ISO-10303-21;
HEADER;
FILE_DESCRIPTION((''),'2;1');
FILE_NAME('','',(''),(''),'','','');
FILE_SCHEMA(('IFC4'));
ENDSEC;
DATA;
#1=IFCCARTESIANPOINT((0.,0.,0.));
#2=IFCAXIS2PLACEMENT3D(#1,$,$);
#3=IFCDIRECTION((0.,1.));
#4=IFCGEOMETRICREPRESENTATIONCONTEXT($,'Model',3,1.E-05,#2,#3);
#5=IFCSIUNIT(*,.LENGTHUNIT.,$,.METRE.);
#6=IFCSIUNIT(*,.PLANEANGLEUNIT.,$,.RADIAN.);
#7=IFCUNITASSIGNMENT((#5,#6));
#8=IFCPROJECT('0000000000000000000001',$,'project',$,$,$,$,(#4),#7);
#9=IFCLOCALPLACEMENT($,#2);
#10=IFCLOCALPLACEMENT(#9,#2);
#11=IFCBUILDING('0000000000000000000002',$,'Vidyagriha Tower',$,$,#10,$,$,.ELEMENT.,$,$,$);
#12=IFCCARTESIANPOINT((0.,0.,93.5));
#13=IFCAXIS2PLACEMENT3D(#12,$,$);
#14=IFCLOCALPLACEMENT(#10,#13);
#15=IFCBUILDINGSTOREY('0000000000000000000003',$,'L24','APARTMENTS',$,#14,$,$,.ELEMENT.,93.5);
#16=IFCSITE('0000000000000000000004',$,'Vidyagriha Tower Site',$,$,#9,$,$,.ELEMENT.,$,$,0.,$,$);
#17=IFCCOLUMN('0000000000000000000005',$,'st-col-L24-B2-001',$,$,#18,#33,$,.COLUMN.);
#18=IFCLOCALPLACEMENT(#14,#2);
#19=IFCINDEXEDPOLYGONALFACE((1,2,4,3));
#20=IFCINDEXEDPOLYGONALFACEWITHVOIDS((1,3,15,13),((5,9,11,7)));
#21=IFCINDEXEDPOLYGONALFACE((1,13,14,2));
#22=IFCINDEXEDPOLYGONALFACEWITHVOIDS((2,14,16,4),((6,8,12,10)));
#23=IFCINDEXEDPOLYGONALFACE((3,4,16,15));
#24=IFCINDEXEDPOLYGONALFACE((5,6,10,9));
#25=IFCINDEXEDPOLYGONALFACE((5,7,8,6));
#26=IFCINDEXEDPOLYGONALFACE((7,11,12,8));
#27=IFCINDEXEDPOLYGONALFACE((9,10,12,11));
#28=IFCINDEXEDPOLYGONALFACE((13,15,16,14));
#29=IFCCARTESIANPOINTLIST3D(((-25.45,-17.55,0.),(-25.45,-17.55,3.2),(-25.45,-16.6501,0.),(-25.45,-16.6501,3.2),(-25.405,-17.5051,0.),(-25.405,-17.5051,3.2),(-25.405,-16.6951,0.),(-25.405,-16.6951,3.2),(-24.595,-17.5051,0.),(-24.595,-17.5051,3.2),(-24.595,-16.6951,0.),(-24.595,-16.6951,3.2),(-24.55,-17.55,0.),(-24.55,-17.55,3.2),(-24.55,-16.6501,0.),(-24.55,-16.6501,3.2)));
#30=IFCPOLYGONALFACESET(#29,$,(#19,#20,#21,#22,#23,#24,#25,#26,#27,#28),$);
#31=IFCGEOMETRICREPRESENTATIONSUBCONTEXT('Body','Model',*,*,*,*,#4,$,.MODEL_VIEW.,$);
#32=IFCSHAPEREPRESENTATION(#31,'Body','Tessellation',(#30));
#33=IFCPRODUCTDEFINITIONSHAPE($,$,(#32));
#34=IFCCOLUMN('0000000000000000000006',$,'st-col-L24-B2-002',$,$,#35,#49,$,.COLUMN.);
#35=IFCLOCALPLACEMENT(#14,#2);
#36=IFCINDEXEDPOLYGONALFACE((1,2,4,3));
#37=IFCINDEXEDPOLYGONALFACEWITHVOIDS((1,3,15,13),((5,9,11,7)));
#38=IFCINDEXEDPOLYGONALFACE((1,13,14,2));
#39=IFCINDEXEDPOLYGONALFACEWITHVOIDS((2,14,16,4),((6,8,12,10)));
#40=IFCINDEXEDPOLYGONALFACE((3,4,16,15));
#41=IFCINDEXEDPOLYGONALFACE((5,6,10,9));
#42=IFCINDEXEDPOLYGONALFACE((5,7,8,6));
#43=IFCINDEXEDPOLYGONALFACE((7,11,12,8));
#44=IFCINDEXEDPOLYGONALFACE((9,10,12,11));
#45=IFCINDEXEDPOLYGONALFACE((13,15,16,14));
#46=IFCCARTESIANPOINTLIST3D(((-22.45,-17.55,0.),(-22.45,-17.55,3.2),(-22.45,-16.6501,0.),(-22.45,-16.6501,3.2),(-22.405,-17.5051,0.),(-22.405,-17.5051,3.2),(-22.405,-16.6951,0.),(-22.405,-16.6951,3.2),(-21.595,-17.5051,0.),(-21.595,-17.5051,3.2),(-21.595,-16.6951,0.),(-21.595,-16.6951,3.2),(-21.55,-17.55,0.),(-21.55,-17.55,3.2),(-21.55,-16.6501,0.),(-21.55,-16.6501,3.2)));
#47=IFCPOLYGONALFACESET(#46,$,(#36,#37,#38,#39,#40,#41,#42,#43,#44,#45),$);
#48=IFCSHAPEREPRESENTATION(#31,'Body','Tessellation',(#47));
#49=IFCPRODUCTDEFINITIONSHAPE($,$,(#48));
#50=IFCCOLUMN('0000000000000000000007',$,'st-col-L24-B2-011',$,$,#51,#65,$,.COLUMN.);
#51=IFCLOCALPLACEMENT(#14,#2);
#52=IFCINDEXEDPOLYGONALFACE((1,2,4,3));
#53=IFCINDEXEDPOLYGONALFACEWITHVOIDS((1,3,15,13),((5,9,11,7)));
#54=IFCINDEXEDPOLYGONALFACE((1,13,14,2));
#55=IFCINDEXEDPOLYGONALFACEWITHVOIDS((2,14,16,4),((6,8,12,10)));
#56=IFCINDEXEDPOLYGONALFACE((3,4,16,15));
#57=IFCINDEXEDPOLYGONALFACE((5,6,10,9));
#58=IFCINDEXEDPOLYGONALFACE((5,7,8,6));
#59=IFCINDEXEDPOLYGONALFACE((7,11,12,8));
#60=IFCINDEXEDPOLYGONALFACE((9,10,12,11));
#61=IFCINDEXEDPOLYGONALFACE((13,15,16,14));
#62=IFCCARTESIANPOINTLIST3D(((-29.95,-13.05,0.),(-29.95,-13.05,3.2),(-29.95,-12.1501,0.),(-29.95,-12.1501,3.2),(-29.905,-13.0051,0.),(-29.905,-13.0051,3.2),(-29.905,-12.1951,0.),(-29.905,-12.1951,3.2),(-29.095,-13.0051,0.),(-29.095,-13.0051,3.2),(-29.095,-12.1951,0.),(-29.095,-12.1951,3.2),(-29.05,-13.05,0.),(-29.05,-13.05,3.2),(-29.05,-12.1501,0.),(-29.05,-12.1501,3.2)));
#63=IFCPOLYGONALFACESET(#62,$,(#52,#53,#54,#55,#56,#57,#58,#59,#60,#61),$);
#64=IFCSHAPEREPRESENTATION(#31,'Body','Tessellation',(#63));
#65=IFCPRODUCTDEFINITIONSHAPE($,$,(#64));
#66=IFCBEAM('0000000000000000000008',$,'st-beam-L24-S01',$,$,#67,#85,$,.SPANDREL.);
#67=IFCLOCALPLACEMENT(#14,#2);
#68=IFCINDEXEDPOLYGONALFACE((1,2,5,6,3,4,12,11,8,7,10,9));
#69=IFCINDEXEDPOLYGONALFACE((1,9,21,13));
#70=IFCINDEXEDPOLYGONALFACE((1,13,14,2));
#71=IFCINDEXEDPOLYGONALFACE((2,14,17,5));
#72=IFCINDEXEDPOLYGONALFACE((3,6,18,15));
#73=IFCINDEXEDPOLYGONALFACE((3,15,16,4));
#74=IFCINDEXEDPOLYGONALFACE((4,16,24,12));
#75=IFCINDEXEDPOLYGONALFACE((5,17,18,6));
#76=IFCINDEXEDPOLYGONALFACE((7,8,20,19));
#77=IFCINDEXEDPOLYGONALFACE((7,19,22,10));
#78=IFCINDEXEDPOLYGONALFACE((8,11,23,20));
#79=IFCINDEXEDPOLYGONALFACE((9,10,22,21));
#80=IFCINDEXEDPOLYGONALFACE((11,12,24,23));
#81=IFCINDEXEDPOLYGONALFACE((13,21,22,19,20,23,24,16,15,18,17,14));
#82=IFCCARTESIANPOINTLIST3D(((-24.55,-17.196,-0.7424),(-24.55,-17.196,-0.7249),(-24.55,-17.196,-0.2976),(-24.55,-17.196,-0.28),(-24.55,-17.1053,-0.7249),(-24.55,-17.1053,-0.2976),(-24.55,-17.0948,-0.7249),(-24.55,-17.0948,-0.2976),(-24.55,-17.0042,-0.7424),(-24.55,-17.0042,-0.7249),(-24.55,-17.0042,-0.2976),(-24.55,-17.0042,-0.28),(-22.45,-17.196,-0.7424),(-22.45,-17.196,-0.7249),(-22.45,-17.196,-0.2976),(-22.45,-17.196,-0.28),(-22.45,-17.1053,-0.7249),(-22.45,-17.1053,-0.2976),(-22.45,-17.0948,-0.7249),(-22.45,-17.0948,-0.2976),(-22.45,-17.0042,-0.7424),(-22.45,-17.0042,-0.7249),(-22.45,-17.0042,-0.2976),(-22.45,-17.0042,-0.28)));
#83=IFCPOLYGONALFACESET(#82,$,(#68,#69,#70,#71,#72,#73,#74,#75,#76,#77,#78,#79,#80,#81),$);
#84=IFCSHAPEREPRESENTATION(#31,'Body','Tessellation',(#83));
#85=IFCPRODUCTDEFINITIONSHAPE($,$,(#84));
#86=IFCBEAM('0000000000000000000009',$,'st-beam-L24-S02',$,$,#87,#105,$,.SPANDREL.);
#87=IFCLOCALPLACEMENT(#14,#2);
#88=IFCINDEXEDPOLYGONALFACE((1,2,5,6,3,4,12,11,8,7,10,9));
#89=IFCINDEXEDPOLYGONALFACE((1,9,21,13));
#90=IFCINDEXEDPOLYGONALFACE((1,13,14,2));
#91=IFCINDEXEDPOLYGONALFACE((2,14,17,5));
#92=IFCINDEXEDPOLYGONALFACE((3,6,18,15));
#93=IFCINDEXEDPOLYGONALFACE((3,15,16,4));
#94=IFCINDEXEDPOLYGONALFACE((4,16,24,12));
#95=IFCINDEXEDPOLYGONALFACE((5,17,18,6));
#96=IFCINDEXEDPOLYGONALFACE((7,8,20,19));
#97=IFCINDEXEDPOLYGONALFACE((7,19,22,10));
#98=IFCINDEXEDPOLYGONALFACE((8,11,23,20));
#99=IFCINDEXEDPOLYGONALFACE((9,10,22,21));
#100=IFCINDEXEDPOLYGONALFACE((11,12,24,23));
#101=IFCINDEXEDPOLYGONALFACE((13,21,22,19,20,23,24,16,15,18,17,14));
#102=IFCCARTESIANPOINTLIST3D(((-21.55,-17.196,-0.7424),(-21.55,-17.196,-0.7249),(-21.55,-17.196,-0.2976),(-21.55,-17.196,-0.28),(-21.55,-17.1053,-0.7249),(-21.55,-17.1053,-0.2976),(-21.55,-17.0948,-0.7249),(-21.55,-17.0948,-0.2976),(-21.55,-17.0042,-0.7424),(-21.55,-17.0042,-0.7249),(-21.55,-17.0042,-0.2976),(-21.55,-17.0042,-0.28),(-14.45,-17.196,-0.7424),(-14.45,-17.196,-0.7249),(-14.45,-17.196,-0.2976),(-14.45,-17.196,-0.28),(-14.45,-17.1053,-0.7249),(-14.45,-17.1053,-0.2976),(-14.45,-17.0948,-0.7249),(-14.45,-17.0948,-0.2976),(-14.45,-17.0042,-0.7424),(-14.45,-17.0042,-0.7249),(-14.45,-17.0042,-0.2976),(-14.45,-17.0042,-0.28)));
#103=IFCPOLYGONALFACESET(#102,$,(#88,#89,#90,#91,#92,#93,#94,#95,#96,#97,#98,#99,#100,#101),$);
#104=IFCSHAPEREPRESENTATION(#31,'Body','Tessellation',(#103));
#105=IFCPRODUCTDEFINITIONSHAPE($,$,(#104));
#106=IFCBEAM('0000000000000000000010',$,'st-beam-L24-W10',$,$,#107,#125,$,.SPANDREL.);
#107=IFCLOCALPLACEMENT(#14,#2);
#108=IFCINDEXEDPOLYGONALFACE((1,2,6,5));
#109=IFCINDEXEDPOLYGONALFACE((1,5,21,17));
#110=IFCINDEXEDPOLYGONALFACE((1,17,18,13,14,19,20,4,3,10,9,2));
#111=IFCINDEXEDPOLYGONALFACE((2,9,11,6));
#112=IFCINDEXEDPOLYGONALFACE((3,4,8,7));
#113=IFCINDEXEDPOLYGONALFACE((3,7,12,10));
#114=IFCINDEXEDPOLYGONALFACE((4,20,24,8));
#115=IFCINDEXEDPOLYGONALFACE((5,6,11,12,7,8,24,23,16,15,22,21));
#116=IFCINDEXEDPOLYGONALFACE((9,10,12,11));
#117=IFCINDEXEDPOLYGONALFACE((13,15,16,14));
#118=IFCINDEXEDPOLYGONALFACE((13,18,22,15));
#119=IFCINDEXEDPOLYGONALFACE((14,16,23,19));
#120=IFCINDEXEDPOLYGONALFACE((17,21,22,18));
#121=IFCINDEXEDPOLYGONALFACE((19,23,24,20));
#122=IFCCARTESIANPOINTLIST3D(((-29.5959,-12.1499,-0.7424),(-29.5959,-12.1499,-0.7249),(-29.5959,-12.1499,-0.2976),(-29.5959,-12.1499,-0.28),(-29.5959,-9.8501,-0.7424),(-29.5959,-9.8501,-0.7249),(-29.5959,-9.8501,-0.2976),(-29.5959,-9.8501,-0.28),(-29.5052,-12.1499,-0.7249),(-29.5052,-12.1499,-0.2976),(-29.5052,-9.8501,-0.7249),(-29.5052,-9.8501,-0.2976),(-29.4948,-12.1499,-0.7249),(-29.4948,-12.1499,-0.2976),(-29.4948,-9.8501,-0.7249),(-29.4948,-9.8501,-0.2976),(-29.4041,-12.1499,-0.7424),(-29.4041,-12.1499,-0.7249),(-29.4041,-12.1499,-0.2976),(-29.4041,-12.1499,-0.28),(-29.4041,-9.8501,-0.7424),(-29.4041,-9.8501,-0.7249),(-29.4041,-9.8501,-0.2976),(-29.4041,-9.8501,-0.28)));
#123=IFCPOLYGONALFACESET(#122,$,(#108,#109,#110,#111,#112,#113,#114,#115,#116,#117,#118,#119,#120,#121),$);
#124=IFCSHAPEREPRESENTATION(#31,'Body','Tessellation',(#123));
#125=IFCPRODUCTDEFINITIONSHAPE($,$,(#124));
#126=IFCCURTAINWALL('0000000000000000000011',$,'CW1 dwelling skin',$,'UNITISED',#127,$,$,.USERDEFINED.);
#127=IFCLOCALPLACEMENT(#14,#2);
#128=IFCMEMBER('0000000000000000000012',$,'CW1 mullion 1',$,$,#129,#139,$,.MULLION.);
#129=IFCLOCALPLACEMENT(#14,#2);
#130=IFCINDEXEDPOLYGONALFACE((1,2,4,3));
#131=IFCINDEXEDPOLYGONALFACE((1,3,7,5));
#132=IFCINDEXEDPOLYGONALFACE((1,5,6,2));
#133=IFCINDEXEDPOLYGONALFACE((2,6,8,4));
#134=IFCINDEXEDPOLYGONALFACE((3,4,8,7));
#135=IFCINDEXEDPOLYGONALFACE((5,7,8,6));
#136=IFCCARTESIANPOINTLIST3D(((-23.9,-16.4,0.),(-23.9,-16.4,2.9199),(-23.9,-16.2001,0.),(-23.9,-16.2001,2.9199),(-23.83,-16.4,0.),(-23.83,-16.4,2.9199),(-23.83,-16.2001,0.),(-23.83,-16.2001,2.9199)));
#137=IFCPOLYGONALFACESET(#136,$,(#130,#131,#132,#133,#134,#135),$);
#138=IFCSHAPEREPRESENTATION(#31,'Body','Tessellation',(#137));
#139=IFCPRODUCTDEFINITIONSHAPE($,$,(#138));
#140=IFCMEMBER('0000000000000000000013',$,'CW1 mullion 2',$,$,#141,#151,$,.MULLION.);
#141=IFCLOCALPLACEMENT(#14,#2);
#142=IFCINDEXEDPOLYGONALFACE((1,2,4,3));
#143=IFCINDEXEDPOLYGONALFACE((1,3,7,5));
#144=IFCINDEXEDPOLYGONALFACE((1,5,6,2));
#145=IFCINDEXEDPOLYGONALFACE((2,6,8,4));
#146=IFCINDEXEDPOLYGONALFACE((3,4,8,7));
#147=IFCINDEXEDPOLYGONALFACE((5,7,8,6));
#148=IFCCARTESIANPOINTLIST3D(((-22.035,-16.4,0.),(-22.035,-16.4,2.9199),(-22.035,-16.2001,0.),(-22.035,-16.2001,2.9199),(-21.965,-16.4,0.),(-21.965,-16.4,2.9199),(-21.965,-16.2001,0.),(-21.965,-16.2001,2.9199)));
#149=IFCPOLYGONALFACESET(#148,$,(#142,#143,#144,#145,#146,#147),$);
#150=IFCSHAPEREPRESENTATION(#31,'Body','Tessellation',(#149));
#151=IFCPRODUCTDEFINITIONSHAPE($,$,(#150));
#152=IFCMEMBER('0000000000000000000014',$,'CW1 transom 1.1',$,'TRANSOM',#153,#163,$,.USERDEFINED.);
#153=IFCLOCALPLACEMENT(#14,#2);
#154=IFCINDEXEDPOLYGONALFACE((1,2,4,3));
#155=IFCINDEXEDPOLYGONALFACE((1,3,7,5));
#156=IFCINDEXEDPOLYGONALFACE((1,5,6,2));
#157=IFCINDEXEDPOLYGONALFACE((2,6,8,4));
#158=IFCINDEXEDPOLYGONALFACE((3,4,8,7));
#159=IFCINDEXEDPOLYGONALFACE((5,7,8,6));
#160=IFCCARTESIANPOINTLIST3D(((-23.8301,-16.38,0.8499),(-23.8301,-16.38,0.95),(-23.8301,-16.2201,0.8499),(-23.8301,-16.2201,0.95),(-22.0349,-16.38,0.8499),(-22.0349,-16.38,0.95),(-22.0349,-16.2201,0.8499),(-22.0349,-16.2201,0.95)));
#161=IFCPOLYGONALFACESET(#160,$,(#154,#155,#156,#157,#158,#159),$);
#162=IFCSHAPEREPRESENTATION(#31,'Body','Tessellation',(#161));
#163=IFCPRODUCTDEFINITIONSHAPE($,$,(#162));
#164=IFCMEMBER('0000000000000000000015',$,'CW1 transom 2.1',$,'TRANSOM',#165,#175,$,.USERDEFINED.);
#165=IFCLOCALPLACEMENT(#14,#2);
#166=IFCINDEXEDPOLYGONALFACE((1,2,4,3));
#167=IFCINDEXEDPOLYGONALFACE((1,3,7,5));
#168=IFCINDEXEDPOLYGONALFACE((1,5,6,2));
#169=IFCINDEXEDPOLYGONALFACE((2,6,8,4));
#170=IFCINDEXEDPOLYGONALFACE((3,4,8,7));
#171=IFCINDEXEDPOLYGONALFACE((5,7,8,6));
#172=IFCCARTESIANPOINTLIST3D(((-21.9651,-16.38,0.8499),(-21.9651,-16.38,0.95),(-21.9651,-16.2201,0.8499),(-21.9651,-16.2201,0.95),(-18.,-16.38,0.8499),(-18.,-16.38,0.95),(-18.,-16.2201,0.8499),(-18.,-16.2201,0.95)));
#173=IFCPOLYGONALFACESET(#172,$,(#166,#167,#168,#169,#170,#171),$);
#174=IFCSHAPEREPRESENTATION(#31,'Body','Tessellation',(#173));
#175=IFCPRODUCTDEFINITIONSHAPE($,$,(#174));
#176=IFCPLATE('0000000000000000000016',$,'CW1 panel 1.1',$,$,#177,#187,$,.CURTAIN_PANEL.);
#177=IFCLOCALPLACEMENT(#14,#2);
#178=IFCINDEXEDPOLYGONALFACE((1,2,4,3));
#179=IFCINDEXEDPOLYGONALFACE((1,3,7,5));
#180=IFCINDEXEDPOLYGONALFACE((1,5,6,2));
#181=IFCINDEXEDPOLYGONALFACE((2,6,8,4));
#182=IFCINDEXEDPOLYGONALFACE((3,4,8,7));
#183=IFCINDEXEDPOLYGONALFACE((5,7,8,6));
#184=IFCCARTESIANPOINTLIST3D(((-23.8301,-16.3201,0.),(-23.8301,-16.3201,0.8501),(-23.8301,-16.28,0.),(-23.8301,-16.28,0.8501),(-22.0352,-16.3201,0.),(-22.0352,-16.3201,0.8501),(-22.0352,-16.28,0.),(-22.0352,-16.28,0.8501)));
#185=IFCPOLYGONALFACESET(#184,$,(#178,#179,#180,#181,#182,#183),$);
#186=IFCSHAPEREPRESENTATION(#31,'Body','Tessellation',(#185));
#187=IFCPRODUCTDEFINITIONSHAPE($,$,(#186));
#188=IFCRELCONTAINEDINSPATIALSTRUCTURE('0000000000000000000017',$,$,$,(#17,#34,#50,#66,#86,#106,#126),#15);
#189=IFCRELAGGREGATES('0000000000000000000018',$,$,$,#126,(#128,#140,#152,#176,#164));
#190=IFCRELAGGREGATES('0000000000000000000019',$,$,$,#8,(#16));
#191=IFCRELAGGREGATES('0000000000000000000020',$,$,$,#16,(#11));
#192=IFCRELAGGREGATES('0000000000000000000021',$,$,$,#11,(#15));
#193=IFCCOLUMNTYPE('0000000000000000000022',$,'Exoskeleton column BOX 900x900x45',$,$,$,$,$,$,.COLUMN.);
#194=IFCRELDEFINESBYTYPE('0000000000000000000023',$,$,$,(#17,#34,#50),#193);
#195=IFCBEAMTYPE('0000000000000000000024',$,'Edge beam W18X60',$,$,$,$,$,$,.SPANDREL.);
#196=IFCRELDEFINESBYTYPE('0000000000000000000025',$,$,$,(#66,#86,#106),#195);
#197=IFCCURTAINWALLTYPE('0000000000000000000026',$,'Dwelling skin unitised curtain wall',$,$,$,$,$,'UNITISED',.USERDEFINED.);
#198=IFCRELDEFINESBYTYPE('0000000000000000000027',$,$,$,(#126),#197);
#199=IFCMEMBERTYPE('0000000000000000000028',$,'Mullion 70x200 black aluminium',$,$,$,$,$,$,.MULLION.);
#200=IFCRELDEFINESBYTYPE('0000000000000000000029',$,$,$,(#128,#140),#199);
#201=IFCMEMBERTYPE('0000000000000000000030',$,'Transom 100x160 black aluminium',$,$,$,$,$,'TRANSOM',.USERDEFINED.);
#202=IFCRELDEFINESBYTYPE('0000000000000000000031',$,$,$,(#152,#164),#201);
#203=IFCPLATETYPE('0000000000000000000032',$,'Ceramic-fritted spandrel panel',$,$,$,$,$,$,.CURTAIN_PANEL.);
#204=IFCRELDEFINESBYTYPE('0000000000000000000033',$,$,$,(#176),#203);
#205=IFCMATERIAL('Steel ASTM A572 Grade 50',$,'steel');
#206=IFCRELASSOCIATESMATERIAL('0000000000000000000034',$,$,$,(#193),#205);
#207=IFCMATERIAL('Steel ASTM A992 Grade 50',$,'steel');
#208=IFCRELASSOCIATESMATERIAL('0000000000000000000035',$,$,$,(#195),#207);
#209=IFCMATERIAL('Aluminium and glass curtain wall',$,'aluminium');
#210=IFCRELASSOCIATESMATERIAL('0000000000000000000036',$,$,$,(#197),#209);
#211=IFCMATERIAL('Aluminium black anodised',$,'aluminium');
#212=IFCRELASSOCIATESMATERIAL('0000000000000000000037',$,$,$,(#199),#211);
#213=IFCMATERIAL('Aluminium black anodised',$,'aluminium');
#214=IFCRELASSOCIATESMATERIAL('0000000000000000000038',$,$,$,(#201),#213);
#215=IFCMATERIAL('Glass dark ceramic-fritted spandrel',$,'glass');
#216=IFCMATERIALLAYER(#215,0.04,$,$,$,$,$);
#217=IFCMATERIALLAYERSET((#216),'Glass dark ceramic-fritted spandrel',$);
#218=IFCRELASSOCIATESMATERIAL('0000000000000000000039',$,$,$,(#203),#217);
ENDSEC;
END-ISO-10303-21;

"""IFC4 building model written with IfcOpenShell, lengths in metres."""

from ifc_helpers import new_model, si_unit, direction, frame, origin, origin_2d, place, context, subcontext, project, spatial, rectangle, hollow_rectangle, i_section, extrude, material, layer, layer_set, material_profile, profile_set, type_object, element, aggregate, save


model = new_model("IFC4")

# Units and contexts
model_context = context("Model", 3, precision=1e-05, world=origin(), true_north=direction((0.0, 1.0)))
body_context = subcontext(model_context, "Body", "Model", "MODEL_VIEW")
ifc_project = project(units=[si_unit("LENGTHUNIT", "METRE"), si_unit("PLANEANGLEUNIT", "RADIAN")], contexts=[model_context])

# Site, building, storey
site_placement = place(None, origin())
site = spatial("IfcSite", under=ifc_project, at=site_placement, Name="Vidyagriha Tower Site", CompositionType="ELEMENT", RefElevation=0.0)
building_placement = place(site_placement, origin())
building = spatial("IfcBuilding", under=site, at=building_placement, Name="Vidyagriha Tower", CompositionType="ELEMENT")
storey_placement = place(building_placement, frame((0.0, 0.0, 93.5)))
storey = spatial("IfcBuildingStorey", under=building, at=storey_placement, Name="L24", Description="APARTMENTS", CompositionType="ELEMENT", Elevation=93.5)

# Columns
ifc_material_1 = material(Name="Steel ASTM A572 Grade 50", Category="steel")
ifc_material_profile_1 = material_profile(ifc_material_1, hollow_rectangle(XDim=0.8999, YDim=0.8999, WallThickness=0.0449, at=origin_2d()), Name="BOX 900x900x45")
ifc_profile_set_1 = profile_set([ifc_material_profile_1], Name="Steel ASTM A572 Grade 50")
column_type = type_object("IfcColumnType", Name="Exoskeleton column BOX 900x900x45", PredefinedType="COLUMN", material=ifc_profile_set_1)
for number, where, name in (
    (1, (-25.0, -17.1001, 0.0), "st-col-L24-B2-001"),
    (2, (-22.0, -17.1001, 0.0), "st-col-L24-B2-002"),
    (3, (-29.5, -12.6001, 0.0), "st-col-L24-B2-011"),
):
    element("IfcColumn", number, at=place(storey_placement, frame(where)), inside=storey, type_object=column_type, Name=name, PredefinedType="COLUMN", context=body_context, shape_type="SweptSolid", body=[
        extrude(hollow_rectangle(XDim=0.8999, YDim=0.8999, WallThickness=0.0449, at=origin_2d()), origin(), (0.0, 0.0, 1.0), 3.2),
    ])

# Beams
ifc_material_2 = material(Name="Steel ASTM A992 Grade 50", Category="steel")
ifc_material_profile_2 = material_profile(ifc_material_2, i_section(OverallWidth=0.1919, OverallDepth=0.4624, WebThickness=0.0105, FlangeThickness=0.0176, at=origin_2d()), Name="W18X60")
ifc_profile_set_2 = profile_set([ifc_material_profile_2], Name="Steel ASTM A992 Grade 50")
beam_type = type_object("IfcBeamType", Name="Edge beam W18X60", PredefinedType="SPANDREL", material=ifc_profile_set_2)
beam_1_placement = place(storey_placement, frame((-24.55, -17.1001, -0.5112), z_axis=(1.0, 0.0, 0.0), x_axis=(0.0, 1.0, 0.0)))
element("IfcBeam", 4, at=beam_1_placement, inside=storey, type_object=beam_type, Name="st-beam-L24-S01", PredefinedType="SPANDREL", context=body_context, shape_type="SweptSolid", body=[
    extrude(i_section(OverallWidth=0.1919, OverallDepth=0.4624, WebThickness=0.0105, FlangeThickness=0.0176, at=origin_2d()), origin(), (0.0, 0.0, 1.0), 2.1001),
])
beam_2_placement = place(storey_placement, frame((-21.55, -17.1001, -0.5112), z_axis=(1.0, 0.0, 0.0), x_axis=(0.0, 1.0, 0.0)))
element("IfcBeam", 5, at=beam_2_placement, inside=storey, type_object=beam_type, Name="st-beam-L24-S02", PredefinedType="SPANDREL", context=body_context, shape_type="SweptSolid", body=[
    extrude(i_section(OverallWidth=0.1919, OverallDepth=0.4624, WebThickness=0.0105, FlangeThickness=0.0176, at=origin_2d()), origin(), (0.0, 0.0, 1.0), 7.1001),
])
beam_3_placement = place(storey_placement, frame((-29.5, -12.1499, -0.5112), z_axis=(0.0, 1.0, 0.0), x_axis=(-1.0, 0.0, 0.0)))
element("IfcBeam", 6, at=beam_3_placement, inside=storey, type_object=beam_type, Name="st-beam-L24-W10", PredefinedType="SPANDREL", context=body_context, shape_type="SweptSolid", body=[
    extrude(i_section(OverallWidth=0.1919, OverallDepth=0.4624, WebThickness=0.0105, FlangeThickness=0.0176, at=origin_2d()), origin(), (0.0, 0.0, 1.0), 2.2998),
])

# Curtain wall, members, plate
ifc_material_3 = material(Name="Aluminium and glass curtain wall", Category="aluminium")
curtain_wall_type = type_object("IfcCurtainWallType", Name="Dwelling skin unitised curtain wall", ElementType="UNITISED", PredefinedType="USERDEFINED", material=ifc_material_3)
curtain_wall_placement = place(storey_placement, origin())
curtain_wall = element("IfcCurtainWall", 7, at=curtain_wall_placement, inside=storey, type_object=curtain_wall_type, Name="CW1 dwelling skin", ObjectType="UNITISED", PredefinedType="USERDEFINED")
ifc_material_4 = material(Name="Aluminium black anodised", Category="aluminium")
ifc_material_profile_3 = material_profile(ifc_material_4, rectangle(XDim=0.2, YDim=0.0701, at=origin_2d()), Name="Mullion 70x200 black aluminium")
ifc_profile_set_3 = profile_set([ifc_material_profile_3], Name="Aluminium black anodised")
member_type_1 = type_object("IfcMemberType", Name="Mullion 70x200 black aluminium", PredefinedType="MULLION", material=ifc_profile_set_3)
member_1_placement = place(storey_placement, frame((-23.865, -16.3, 0.0), z_axis=(0.0, 0.0, 1.0), x_axis=(0.0, 1.0, 0.0)))
member_1 = element("IfcMember", 8, at=member_1_placement, type_object=member_type_1, Name="CW1 mullion 1", PredefinedType="MULLION", context=body_context, shape_type="SweptSolid", body=[
    extrude(rectangle(XDim=0.2, YDim=0.0701, at=origin_2d()), origin(), (0.0, 0.0, 1.0), 2.9199),
])
member_2_placement = place(storey_placement, frame((-22.0, -16.3, 0.0), z_axis=(0.0, 0.0, 1.0), x_axis=(0.0, 1.0, 0.0)))
member_2 = element("IfcMember", 9, at=member_2_placement, type_object=member_type_1, Name="CW1 mullion 2", PredefinedType="MULLION", context=body_context, shape_type="SweptSolid", body=[
    extrude(rectangle(XDim=0.2, YDim=0.0701, at=origin_2d()), origin(), (0.0, 0.0, 1.0), 2.9199),
])
ifc_material_5 = material(Name="Aluminium black anodised", Category="aluminium")
ifc_material_profile_4 = material_profile(ifc_material_5, rectangle(XDim=0.1599, YDim=0.1001, at=origin_2d()), Name="Transom 100x160 black aluminium")
ifc_profile_set_4 = profile_set([ifc_material_profile_4], Name="Aluminium black anodised")
member_type_2 = type_object("IfcMemberType", Name="Transom 100x160 black aluminium", ElementType="TRANSOM", PredefinedType="USERDEFINED", material=ifc_profile_set_4)
member_3_placement = place(storey_placement, frame((-23.8301, -16.3, 0.8999), z_axis=(1.0, 0.0, 0.0), x_axis=(0.0, 1.0, 0.0)))
member_3 = element("IfcMember", 10, at=member_3_placement, type_object=member_type_2, Name="CW1 transom 1.1", ObjectType="TRANSOM", PredefinedType="USERDEFINED", context=body_context, shape_type="SweptSolid", body=[
    extrude(rectangle(XDim=0.1599, YDim=0.1001, at=origin_2d()), origin(), (0.0, 0.0, 1.0), 1.7952),
])
member_4_placement = place(storey_placement, frame((-21.9651, -16.3, 0.8999), z_axis=(1.0, 0.0, 0.0), x_axis=(0.0, 1.0, 0.0)))
member_4 = element("IfcMember", 11, at=member_4_placement, type_object=member_type_2, Name="CW1 transom 2.1", ObjectType="TRANSOM", PredefinedType="USERDEFINED", context=body_context, shape_type="SweptSolid", body=[
    extrude(rectangle(XDim=0.1599, YDim=0.1001, at=origin_2d()), origin(), (0.0, 0.0, 1.0), 3.9651),
])
ifc_material_6 = material(Name="Glass dark ceramic-fritted spandrel", Category="glass")
ifc_layer_1 = layer(ifc_material_6, 0.04)
ifc_layer_set_1 = layer_set([ifc_layer_1], Name="Glass dark ceramic-fritted spandrel")
plate_type_1 = type_object("IfcPlateType", Name="Ceramic-fritted spandrel panel", PredefinedType="CURTAIN_PANEL", material=ifc_layer_set_1)
plate_1_placement = place(storey_placement, frame((-22.9326, -16.3, 0.0)))
plate_1 = element("IfcPlate", 12, at=plate_1_placement, type_object=plate_type_1, Name="CW1 panel 1.1", PredefinedType="CURTAIN_PANEL", context=body_context, shape_type="SweptSolid", body=[
    extrude(rectangle(XDim=1.7949, YDim=0.04, at=origin_2d()), origin(), (0.0, 0.0, 1.0), 0.8501),
])
aggregate(curtain_wall, [member_1, member_2, member_3, plate_1, member_4])

save(model, "model.ifc")
